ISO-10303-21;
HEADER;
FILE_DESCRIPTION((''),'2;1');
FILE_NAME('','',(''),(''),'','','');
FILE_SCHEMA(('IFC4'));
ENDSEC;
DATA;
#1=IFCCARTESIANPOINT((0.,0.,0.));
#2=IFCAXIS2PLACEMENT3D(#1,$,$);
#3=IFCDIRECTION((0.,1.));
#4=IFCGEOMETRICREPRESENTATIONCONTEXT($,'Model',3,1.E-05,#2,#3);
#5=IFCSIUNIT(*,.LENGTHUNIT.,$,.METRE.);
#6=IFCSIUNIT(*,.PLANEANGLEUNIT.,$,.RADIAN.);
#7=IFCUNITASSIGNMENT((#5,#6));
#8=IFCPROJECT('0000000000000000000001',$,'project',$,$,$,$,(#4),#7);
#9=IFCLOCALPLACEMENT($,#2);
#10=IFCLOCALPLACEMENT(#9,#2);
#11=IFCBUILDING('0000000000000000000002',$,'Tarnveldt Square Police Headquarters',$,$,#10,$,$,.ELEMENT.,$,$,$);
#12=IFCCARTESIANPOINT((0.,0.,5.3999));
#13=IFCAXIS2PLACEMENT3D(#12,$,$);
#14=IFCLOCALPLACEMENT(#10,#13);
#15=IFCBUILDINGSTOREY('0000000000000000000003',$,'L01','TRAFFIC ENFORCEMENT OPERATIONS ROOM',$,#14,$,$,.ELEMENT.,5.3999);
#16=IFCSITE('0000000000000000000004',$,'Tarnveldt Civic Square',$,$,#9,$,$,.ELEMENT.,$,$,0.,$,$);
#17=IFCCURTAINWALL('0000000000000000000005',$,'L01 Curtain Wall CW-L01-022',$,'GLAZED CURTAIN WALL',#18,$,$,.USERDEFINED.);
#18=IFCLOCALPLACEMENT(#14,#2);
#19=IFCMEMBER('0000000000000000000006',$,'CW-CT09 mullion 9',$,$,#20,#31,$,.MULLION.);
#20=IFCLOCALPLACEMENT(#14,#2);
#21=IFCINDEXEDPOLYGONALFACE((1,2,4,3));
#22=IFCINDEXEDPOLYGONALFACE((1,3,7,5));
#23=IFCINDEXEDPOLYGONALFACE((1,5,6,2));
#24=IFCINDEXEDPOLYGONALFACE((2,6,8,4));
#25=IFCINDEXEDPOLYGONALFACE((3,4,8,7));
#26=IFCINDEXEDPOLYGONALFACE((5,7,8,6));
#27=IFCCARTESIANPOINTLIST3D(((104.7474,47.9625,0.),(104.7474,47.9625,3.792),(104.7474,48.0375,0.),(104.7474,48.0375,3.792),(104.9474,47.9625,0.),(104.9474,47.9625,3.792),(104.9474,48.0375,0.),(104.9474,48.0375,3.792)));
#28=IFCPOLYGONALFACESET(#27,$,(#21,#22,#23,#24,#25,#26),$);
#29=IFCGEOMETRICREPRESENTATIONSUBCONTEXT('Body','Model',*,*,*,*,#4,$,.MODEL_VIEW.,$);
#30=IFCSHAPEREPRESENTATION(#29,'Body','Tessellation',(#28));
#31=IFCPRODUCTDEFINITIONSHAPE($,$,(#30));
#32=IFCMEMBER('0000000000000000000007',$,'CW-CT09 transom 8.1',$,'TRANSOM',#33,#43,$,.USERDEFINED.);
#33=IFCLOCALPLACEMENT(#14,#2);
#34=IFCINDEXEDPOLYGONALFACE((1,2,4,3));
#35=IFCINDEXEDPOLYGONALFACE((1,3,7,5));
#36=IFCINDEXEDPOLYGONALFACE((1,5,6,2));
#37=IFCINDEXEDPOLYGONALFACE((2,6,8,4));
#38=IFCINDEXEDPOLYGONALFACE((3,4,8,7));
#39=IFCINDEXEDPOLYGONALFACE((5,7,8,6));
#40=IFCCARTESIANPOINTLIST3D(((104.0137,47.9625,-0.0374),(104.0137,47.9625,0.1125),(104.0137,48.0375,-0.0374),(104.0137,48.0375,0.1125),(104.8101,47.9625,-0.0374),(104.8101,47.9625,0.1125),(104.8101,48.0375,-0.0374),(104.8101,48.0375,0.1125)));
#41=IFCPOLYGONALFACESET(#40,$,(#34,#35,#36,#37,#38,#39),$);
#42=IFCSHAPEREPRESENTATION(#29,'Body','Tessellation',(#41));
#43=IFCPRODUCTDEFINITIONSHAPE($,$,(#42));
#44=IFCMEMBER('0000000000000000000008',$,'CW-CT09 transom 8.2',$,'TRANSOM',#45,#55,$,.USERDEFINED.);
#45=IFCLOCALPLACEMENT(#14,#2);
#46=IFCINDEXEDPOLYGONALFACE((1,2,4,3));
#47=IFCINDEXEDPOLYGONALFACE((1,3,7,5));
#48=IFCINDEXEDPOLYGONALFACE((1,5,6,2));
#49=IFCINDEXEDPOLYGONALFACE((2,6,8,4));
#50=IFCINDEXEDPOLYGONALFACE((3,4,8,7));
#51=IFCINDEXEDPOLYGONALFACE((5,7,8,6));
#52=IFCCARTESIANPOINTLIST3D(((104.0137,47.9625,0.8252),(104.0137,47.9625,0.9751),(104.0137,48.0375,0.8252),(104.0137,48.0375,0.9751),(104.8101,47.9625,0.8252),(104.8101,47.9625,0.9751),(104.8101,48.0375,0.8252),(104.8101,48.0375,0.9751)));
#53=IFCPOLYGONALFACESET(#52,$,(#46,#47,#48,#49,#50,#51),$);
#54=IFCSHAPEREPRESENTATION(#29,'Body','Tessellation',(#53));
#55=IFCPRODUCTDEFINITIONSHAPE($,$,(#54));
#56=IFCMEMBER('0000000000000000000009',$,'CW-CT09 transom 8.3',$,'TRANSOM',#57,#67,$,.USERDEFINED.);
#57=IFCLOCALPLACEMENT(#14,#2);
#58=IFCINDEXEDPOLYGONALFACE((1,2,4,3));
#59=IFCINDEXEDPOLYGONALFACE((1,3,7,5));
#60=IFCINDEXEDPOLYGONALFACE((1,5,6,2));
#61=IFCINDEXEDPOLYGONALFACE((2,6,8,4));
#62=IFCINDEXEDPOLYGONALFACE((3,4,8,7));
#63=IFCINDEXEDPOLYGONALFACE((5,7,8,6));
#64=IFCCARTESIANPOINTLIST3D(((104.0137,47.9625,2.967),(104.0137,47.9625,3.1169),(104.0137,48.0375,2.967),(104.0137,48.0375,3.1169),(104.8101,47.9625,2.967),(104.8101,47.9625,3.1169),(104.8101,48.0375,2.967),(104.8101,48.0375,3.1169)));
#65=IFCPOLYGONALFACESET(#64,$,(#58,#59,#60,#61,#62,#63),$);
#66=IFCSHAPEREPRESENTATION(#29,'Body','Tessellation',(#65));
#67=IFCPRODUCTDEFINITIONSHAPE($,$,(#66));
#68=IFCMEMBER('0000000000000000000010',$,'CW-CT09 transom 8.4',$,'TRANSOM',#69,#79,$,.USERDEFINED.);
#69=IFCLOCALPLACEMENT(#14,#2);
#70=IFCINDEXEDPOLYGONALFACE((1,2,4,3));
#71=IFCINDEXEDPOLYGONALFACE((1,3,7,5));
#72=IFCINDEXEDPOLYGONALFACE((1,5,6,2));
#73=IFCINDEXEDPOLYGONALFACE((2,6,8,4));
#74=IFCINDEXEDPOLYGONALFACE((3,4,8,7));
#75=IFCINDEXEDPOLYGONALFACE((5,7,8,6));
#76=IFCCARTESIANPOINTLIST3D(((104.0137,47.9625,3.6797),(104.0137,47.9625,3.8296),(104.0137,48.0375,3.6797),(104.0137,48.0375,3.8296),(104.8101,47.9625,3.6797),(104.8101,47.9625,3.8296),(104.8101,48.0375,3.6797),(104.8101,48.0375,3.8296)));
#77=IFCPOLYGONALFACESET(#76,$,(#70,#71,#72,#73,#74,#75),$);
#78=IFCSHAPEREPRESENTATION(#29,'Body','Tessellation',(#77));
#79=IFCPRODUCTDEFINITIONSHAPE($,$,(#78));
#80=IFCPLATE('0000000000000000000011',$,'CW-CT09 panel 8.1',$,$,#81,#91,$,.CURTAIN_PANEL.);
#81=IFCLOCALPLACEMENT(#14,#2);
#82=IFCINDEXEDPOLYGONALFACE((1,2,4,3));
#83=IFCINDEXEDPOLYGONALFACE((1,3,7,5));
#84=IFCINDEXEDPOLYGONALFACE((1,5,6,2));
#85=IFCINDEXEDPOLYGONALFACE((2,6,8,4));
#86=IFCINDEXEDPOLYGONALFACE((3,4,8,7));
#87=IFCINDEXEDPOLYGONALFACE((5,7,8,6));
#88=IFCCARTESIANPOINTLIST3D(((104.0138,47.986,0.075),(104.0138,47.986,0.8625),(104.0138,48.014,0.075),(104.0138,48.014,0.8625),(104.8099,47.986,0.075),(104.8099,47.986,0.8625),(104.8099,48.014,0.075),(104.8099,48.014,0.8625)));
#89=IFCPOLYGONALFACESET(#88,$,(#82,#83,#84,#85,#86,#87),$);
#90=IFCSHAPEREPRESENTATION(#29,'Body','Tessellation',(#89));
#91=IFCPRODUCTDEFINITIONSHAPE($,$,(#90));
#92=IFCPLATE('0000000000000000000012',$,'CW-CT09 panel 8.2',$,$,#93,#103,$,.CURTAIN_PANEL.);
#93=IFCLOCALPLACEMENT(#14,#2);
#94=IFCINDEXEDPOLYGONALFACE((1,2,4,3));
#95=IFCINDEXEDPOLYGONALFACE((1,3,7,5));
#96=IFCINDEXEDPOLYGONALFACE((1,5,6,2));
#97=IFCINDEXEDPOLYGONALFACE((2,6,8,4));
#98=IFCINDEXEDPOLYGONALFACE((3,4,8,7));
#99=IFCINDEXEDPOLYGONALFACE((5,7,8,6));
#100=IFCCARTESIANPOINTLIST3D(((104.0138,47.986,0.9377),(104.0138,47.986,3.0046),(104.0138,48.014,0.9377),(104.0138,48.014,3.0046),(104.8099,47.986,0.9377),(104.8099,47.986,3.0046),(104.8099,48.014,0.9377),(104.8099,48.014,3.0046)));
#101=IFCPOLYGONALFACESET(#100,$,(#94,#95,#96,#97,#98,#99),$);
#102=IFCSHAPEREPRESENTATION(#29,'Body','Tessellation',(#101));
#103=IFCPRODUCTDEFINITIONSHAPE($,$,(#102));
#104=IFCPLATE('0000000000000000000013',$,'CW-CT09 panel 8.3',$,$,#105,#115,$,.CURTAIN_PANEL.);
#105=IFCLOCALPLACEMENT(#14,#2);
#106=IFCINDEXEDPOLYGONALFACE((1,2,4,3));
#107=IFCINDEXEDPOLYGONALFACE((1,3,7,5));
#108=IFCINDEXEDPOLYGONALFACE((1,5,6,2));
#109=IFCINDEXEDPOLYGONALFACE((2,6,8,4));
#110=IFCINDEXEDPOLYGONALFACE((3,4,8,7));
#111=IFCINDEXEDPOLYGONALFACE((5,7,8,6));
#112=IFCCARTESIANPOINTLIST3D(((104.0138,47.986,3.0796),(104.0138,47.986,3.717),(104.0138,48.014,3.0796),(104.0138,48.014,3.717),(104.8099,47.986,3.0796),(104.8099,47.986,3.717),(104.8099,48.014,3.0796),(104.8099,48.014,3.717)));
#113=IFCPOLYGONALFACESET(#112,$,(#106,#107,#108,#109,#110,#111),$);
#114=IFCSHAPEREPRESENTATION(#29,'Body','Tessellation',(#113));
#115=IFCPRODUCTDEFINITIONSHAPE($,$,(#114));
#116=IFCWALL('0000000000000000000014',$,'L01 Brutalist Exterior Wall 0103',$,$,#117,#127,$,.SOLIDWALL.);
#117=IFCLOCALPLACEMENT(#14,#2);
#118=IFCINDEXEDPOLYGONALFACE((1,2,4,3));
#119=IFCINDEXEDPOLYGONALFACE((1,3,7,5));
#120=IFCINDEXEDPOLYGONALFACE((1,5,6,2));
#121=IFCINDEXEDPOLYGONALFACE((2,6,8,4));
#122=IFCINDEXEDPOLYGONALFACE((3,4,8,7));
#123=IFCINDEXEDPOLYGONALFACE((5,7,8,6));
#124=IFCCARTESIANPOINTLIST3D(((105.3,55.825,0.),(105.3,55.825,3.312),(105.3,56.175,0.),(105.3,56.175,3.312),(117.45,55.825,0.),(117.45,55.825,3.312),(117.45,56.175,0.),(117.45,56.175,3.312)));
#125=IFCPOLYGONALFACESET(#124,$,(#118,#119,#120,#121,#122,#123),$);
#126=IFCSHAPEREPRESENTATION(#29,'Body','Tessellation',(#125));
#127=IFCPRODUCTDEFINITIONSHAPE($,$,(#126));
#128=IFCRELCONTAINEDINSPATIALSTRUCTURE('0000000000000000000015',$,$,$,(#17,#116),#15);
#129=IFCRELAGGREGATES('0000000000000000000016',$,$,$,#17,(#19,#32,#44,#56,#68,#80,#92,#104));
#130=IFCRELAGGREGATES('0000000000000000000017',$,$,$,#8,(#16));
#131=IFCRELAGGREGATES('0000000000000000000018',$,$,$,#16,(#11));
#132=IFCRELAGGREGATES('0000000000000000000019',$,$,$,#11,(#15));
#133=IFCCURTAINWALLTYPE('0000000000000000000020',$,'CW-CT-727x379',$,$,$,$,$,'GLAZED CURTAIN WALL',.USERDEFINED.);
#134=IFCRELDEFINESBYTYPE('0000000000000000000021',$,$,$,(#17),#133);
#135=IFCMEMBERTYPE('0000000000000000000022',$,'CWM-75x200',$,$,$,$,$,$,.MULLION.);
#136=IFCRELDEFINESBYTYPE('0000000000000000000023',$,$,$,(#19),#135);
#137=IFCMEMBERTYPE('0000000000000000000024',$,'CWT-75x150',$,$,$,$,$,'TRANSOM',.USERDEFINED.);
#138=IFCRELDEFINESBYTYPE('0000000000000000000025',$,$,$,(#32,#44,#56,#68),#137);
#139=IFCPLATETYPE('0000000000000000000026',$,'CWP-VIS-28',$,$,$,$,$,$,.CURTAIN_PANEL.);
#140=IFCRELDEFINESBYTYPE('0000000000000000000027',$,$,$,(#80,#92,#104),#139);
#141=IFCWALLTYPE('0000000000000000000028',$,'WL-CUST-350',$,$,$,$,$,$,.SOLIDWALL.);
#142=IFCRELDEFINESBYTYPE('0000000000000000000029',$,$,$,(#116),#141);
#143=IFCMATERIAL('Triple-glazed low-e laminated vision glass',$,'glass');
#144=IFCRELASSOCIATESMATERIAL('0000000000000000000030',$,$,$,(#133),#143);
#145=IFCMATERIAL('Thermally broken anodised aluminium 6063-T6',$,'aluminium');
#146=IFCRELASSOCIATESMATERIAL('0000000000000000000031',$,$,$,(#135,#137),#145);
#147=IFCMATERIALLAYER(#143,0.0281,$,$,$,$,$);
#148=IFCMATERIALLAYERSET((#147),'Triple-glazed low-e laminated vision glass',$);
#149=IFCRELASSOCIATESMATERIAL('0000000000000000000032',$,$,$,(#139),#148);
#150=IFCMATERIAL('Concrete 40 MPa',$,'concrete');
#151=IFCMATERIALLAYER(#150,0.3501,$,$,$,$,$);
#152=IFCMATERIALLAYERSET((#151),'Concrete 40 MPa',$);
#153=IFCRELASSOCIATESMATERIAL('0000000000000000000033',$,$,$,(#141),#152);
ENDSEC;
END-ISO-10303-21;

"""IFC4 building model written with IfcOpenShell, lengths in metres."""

from ifc_helpers import new_model, si_unit, direction, frame, frame_2d, origin, origin_2d, place, context, subcontext, project, spatial, rectangle, extrude, material, layer, layer_set, material_profile, profile_set, type_object, element, aggregate, save


model = new_model("IFC4")

# Units and contexts
model_context = context("Model", 3, precision=1e-05, world=origin(), true_north=direction((0.0, 1.0)))
body_context = subcontext(model_context, "Body", "Model", "MODEL_VIEW")
ifc_project = project(units=[si_unit("LENGTHUNIT", "METRE"), si_unit("PLANEANGLEUNIT", "RADIAN")], contexts=[model_context])

# Site, building, storey
site_placement = place(None, origin())
site = spatial("IfcSite", under=ifc_project, at=site_placement, Name="Tarnveldt Civic Square", CompositionType="ELEMENT", RefElevation=0.0)
building_placement = place(site_placement, origin())
building = spatial("IfcBuilding", under=site, at=building_placement, Name="Tarnveldt Square Police Headquarters", CompositionType="ELEMENT")
storey_placement = place(building_placement, frame((0.0, 0.0, 5.3999)))
storey = spatial("IfcBuildingStorey", under=building, at=storey_placement, Name="L01", Description="TRAFFIC ENFORCEMENT OPERATIONS ROOM", CompositionType="ELEMENT", Elevation=5.3999)

# Shared definitions
ifc_material_1 = material(Name="Concrete 40 MPa", Category="concrete")

# Curtain wall, members, plates
ifc_material_2 = material(Name="Triple-glazed low-e laminated vision glass", Category="glass")
curtain_wall_type = type_object("IfcCurtainWallType", Name="CW-CT-727x379", ElementType="GLAZED CURTAIN WALL", PredefinedType="USERDEFINED", material=ifc_material_2)
curtain_wall_placement = place(storey_placement, origin())
curtain_wall = element("IfcCurtainWall", 1, at=curtain_wall_placement, inside=storey, type_object=curtain_wall_type, Name="L01 Curtain Wall CW-L01-022", ObjectType="GLAZED CURTAIN WALL", PredefinedType="USERDEFINED")
ifc_material_3 = material(Name="Thermally broken anodised aluminium 6063-T6", Category="aluminium")
ifc_material_profile_1 = material_profile(ifc_material_3, rectangle(XDim=0.075, YDim=0.2, at=origin_2d()), Name="CW-M75x200")
ifc_profile_set_1 = profile_set([ifc_material_profile_1], Name="Thermally broken anodised aluminium 6063-T6")
member_type_1 = type_object("IfcMemberType", Name="CWM-75x200", PredefinedType="MULLION", material=ifc_profile_set_1)
member_1_placement = place(storey_placement, frame((104.8474, 48.0, 0.0), z_axis=(0.0, 0.0, 1.0), x_axis=(0.0, 1.0, 0.0)))
member_1 = element("IfcMember", 2, at=member_1_placement, type_object=member_type_1, Name="CW-CT09 mullion 9", PredefinedType="MULLION", context=body_context, shape_type="SweptSolid", body=[
    extrude(rectangle(XDim=0.075, YDim=0.2, at=origin_2d()), origin(), (0.0, 0.0, 1.0), 3.792),
])
ifc_material_profile_2 = material_profile(ifc_material_3, rectangle(XDim=0.075, YDim=0.1499, at=origin_2d()), Name="CW-T75x150")
ifc_profile_set_2 = profile_set([ifc_material_profile_2], Name="Thermally broken anodised aluminium 6063-T6")
member_type_2 = type_object("IfcMemberType", Name="CWT-75x150", ElementType="TRANSOM", PredefinedType="USERDEFINED", material=ifc_profile_set_2)
member_2_placement = place(storey_placement, frame((104.0137, 48.0, 0.0376), z_axis=(1.0, 0.0, 0.0), x_axis=(0.0, 1.0, 0.0)))
member_2 = element("IfcMember", 3, at=member_2_placement, type_object=member_type_2, Name="CW-CT09 transom 8.1", ObjectType="TRANSOM", PredefinedType="USERDEFINED", context=body_context, shape_type="SweptSolid", body=[
    extrude(rectangle(XDim=0.075, YDim=0.1499, at=origin_2d()), origin(), (0.0, 0.0, 1.0), 0.7964),
])
member_3_placement = place(storey_placement, frame((104.0137, 48.0, 0.9001), z_axis=(1.0, 0.0, 0.0), x_axis=(0.0, 1.0, 0.0)))
member_3 = element("IfcMember", 4, at=member_3_placement, type_object=member_type_2, Name="CW-CT09 transom 8.2", ObjectType="TRANSOM", PredefinedType="USERDEFINED", context=body_context, shape_type="SweptSolid", body=[
    extrude(rectangle(XDim=0.075, YDim=0.1499, at=origin_2d()), origin(), (0.0, 0.0, 1.0), 0.7964),
])
member_4_placement = place(storey_placement, frame((104.0137, 48.0, 3.042), z_axis=(1.0, 0.0, 0.0), x_axis=(0.0, 1.0, 0.0)))
member_4 = element("IfcMember", 5, at=member_4_placement, type_object=member_type_2, Name="CW-CT09 transom 8.3", ObjectType="TRANSOM", PredefinedType="USERDEFINED", context=body_context, shape_type="SweptSolid", body=[
    extrude(rectangle(XDim=0.075, YDim=0.1499, at=origin_2d()), origin(), (0.0, 0.0, 1.0), 0.7964),
])
member_5_placement = place(storey_placement, frame((104.0137, 48.0, 3.7546), z_axis=(1.0, 0.0, 0.0), x_axis=(0.0, 1.0, 0.0)))
member_5 = element("IfcMember", 6, at=member_5_placement, type_object=member_type_2, Name="CW-CT09 transom 8.4", ObjectType="TRANSOM", PredefinedType="USERDEFINED", context=body_context, shape_type="SweptSolid", body=[
    extrude(rectangle(XDim=0.075, YDim=0.1499, at=origin_2d()), origin(), (0.0, 0.0, 1.0), 0.7964),
])
ifc_layer_1 = layer(ifc_material_2, 0.0281)
ifc_layer_set_1 = layer_set([ifc_layer_1], Name="Triple-glazed low-e laminated vision glass")
plate_type = type_object("IfcPlateType", Name="CWP-VIS-28", PredefinedType="CURTAIN_PANEL", material=ifc_layer_set_1)
plate_1_placement = place(storey_placement, frame((104.4119, 48.0, 0.075), z_axis=(0.0, 0.0, 1.0), x_axis=(1.0, 0.0, 0.0)))
plate_1 = element("IfcPlate", 7, at=plate_1_placement, type_object=plate_type, Name="CW-CT09 panel 8.1", PredefinedType="CURTAIN_PANEL", context=body_context, shape_type="SweptSolid", body=[
    extrude(rectangle(XDim=0.7961, YDim=0.0281, at=origin_2d()), origin(), (0.0, 0.0, 1.0), 0.7876),
])
plate_2_placement = place(storey_placement, frame((104.4119, 48.0, 0.9377), z_axis=(0.0, 0.0, 1.0), x_axis=(1.0, 0.0, 0.0)))
plate_2 = element("IfcPlate", 8, at=plate_2_placement, type_object=plate_type, Name="CW-CT09 panel 8.2", PredefinedType="CURTAIN_PANEL", context=body_context, shape_type="SweptSolid", body=[
    extrude(rectangle(XDim=0.7961, YDim=0.0281, at=origin_2d()), origin(), (0.0, 0.0, 1.0), 2.0669),
])
plate_3_placement = place(storey_placement, frame((104.4119, 48.0, 3.0796), z_axis=(0.0, 0.0, 1.0), x_axis=(1.0, 0.0, 0.0)))
plate_3 = element("IfcPlate", 9, at=plate_3_placement, type_object=plate_type, Name="CW-CT09 panel 8.3", PredefinedType="CURTAIN_PANEL", context=body_context, shape_type="SweptSolid", body=[
    extrude(rectangle(XDim=0.7961, YDim=0.0281, at=origin_2d()), origin(), (0.0, 0.0, 1.0), 0.6375),
])
aggregate(curtain_wall, [member_1, member_2, member_3, member_4, member_5, plate_1, plate_2, plate_3])

# Wall
ifc_layer_2 = layer(ifc_material_1, 0.3501)
ifc_layer_set_2 = layer_set([ifc_layer_2], Name="Concrete 40 MPa")
wall_type = type_object("IfcWallType", Name="WL-CUST-350", PredefinedType="SOLIDWALL", material=ifc_layer_set_2)
wall_placement = place(storey_placement, frame((105.3, 56.0, 0.0), z_axis=(0.0, 0.0, 1.0), x_axis=(1.0, 0.0, 0.0)))
element("IfcWall", 10, at=wall_placement, inside=storey, type_object=wall_type, Name="L01 Brutalist Exterior Wall 0103", PredefinedType="SOLIDWALL", context=body_context, shape_type="SweptSolid", body=[
    extrude(rectangle(XDim=12.1499, YDim=0.3501, at=frame_2d((6.075, 0.0))), origin(), (0.0, 0.0, 1.0), 3.312),
])

save(model, "model.ifc")
